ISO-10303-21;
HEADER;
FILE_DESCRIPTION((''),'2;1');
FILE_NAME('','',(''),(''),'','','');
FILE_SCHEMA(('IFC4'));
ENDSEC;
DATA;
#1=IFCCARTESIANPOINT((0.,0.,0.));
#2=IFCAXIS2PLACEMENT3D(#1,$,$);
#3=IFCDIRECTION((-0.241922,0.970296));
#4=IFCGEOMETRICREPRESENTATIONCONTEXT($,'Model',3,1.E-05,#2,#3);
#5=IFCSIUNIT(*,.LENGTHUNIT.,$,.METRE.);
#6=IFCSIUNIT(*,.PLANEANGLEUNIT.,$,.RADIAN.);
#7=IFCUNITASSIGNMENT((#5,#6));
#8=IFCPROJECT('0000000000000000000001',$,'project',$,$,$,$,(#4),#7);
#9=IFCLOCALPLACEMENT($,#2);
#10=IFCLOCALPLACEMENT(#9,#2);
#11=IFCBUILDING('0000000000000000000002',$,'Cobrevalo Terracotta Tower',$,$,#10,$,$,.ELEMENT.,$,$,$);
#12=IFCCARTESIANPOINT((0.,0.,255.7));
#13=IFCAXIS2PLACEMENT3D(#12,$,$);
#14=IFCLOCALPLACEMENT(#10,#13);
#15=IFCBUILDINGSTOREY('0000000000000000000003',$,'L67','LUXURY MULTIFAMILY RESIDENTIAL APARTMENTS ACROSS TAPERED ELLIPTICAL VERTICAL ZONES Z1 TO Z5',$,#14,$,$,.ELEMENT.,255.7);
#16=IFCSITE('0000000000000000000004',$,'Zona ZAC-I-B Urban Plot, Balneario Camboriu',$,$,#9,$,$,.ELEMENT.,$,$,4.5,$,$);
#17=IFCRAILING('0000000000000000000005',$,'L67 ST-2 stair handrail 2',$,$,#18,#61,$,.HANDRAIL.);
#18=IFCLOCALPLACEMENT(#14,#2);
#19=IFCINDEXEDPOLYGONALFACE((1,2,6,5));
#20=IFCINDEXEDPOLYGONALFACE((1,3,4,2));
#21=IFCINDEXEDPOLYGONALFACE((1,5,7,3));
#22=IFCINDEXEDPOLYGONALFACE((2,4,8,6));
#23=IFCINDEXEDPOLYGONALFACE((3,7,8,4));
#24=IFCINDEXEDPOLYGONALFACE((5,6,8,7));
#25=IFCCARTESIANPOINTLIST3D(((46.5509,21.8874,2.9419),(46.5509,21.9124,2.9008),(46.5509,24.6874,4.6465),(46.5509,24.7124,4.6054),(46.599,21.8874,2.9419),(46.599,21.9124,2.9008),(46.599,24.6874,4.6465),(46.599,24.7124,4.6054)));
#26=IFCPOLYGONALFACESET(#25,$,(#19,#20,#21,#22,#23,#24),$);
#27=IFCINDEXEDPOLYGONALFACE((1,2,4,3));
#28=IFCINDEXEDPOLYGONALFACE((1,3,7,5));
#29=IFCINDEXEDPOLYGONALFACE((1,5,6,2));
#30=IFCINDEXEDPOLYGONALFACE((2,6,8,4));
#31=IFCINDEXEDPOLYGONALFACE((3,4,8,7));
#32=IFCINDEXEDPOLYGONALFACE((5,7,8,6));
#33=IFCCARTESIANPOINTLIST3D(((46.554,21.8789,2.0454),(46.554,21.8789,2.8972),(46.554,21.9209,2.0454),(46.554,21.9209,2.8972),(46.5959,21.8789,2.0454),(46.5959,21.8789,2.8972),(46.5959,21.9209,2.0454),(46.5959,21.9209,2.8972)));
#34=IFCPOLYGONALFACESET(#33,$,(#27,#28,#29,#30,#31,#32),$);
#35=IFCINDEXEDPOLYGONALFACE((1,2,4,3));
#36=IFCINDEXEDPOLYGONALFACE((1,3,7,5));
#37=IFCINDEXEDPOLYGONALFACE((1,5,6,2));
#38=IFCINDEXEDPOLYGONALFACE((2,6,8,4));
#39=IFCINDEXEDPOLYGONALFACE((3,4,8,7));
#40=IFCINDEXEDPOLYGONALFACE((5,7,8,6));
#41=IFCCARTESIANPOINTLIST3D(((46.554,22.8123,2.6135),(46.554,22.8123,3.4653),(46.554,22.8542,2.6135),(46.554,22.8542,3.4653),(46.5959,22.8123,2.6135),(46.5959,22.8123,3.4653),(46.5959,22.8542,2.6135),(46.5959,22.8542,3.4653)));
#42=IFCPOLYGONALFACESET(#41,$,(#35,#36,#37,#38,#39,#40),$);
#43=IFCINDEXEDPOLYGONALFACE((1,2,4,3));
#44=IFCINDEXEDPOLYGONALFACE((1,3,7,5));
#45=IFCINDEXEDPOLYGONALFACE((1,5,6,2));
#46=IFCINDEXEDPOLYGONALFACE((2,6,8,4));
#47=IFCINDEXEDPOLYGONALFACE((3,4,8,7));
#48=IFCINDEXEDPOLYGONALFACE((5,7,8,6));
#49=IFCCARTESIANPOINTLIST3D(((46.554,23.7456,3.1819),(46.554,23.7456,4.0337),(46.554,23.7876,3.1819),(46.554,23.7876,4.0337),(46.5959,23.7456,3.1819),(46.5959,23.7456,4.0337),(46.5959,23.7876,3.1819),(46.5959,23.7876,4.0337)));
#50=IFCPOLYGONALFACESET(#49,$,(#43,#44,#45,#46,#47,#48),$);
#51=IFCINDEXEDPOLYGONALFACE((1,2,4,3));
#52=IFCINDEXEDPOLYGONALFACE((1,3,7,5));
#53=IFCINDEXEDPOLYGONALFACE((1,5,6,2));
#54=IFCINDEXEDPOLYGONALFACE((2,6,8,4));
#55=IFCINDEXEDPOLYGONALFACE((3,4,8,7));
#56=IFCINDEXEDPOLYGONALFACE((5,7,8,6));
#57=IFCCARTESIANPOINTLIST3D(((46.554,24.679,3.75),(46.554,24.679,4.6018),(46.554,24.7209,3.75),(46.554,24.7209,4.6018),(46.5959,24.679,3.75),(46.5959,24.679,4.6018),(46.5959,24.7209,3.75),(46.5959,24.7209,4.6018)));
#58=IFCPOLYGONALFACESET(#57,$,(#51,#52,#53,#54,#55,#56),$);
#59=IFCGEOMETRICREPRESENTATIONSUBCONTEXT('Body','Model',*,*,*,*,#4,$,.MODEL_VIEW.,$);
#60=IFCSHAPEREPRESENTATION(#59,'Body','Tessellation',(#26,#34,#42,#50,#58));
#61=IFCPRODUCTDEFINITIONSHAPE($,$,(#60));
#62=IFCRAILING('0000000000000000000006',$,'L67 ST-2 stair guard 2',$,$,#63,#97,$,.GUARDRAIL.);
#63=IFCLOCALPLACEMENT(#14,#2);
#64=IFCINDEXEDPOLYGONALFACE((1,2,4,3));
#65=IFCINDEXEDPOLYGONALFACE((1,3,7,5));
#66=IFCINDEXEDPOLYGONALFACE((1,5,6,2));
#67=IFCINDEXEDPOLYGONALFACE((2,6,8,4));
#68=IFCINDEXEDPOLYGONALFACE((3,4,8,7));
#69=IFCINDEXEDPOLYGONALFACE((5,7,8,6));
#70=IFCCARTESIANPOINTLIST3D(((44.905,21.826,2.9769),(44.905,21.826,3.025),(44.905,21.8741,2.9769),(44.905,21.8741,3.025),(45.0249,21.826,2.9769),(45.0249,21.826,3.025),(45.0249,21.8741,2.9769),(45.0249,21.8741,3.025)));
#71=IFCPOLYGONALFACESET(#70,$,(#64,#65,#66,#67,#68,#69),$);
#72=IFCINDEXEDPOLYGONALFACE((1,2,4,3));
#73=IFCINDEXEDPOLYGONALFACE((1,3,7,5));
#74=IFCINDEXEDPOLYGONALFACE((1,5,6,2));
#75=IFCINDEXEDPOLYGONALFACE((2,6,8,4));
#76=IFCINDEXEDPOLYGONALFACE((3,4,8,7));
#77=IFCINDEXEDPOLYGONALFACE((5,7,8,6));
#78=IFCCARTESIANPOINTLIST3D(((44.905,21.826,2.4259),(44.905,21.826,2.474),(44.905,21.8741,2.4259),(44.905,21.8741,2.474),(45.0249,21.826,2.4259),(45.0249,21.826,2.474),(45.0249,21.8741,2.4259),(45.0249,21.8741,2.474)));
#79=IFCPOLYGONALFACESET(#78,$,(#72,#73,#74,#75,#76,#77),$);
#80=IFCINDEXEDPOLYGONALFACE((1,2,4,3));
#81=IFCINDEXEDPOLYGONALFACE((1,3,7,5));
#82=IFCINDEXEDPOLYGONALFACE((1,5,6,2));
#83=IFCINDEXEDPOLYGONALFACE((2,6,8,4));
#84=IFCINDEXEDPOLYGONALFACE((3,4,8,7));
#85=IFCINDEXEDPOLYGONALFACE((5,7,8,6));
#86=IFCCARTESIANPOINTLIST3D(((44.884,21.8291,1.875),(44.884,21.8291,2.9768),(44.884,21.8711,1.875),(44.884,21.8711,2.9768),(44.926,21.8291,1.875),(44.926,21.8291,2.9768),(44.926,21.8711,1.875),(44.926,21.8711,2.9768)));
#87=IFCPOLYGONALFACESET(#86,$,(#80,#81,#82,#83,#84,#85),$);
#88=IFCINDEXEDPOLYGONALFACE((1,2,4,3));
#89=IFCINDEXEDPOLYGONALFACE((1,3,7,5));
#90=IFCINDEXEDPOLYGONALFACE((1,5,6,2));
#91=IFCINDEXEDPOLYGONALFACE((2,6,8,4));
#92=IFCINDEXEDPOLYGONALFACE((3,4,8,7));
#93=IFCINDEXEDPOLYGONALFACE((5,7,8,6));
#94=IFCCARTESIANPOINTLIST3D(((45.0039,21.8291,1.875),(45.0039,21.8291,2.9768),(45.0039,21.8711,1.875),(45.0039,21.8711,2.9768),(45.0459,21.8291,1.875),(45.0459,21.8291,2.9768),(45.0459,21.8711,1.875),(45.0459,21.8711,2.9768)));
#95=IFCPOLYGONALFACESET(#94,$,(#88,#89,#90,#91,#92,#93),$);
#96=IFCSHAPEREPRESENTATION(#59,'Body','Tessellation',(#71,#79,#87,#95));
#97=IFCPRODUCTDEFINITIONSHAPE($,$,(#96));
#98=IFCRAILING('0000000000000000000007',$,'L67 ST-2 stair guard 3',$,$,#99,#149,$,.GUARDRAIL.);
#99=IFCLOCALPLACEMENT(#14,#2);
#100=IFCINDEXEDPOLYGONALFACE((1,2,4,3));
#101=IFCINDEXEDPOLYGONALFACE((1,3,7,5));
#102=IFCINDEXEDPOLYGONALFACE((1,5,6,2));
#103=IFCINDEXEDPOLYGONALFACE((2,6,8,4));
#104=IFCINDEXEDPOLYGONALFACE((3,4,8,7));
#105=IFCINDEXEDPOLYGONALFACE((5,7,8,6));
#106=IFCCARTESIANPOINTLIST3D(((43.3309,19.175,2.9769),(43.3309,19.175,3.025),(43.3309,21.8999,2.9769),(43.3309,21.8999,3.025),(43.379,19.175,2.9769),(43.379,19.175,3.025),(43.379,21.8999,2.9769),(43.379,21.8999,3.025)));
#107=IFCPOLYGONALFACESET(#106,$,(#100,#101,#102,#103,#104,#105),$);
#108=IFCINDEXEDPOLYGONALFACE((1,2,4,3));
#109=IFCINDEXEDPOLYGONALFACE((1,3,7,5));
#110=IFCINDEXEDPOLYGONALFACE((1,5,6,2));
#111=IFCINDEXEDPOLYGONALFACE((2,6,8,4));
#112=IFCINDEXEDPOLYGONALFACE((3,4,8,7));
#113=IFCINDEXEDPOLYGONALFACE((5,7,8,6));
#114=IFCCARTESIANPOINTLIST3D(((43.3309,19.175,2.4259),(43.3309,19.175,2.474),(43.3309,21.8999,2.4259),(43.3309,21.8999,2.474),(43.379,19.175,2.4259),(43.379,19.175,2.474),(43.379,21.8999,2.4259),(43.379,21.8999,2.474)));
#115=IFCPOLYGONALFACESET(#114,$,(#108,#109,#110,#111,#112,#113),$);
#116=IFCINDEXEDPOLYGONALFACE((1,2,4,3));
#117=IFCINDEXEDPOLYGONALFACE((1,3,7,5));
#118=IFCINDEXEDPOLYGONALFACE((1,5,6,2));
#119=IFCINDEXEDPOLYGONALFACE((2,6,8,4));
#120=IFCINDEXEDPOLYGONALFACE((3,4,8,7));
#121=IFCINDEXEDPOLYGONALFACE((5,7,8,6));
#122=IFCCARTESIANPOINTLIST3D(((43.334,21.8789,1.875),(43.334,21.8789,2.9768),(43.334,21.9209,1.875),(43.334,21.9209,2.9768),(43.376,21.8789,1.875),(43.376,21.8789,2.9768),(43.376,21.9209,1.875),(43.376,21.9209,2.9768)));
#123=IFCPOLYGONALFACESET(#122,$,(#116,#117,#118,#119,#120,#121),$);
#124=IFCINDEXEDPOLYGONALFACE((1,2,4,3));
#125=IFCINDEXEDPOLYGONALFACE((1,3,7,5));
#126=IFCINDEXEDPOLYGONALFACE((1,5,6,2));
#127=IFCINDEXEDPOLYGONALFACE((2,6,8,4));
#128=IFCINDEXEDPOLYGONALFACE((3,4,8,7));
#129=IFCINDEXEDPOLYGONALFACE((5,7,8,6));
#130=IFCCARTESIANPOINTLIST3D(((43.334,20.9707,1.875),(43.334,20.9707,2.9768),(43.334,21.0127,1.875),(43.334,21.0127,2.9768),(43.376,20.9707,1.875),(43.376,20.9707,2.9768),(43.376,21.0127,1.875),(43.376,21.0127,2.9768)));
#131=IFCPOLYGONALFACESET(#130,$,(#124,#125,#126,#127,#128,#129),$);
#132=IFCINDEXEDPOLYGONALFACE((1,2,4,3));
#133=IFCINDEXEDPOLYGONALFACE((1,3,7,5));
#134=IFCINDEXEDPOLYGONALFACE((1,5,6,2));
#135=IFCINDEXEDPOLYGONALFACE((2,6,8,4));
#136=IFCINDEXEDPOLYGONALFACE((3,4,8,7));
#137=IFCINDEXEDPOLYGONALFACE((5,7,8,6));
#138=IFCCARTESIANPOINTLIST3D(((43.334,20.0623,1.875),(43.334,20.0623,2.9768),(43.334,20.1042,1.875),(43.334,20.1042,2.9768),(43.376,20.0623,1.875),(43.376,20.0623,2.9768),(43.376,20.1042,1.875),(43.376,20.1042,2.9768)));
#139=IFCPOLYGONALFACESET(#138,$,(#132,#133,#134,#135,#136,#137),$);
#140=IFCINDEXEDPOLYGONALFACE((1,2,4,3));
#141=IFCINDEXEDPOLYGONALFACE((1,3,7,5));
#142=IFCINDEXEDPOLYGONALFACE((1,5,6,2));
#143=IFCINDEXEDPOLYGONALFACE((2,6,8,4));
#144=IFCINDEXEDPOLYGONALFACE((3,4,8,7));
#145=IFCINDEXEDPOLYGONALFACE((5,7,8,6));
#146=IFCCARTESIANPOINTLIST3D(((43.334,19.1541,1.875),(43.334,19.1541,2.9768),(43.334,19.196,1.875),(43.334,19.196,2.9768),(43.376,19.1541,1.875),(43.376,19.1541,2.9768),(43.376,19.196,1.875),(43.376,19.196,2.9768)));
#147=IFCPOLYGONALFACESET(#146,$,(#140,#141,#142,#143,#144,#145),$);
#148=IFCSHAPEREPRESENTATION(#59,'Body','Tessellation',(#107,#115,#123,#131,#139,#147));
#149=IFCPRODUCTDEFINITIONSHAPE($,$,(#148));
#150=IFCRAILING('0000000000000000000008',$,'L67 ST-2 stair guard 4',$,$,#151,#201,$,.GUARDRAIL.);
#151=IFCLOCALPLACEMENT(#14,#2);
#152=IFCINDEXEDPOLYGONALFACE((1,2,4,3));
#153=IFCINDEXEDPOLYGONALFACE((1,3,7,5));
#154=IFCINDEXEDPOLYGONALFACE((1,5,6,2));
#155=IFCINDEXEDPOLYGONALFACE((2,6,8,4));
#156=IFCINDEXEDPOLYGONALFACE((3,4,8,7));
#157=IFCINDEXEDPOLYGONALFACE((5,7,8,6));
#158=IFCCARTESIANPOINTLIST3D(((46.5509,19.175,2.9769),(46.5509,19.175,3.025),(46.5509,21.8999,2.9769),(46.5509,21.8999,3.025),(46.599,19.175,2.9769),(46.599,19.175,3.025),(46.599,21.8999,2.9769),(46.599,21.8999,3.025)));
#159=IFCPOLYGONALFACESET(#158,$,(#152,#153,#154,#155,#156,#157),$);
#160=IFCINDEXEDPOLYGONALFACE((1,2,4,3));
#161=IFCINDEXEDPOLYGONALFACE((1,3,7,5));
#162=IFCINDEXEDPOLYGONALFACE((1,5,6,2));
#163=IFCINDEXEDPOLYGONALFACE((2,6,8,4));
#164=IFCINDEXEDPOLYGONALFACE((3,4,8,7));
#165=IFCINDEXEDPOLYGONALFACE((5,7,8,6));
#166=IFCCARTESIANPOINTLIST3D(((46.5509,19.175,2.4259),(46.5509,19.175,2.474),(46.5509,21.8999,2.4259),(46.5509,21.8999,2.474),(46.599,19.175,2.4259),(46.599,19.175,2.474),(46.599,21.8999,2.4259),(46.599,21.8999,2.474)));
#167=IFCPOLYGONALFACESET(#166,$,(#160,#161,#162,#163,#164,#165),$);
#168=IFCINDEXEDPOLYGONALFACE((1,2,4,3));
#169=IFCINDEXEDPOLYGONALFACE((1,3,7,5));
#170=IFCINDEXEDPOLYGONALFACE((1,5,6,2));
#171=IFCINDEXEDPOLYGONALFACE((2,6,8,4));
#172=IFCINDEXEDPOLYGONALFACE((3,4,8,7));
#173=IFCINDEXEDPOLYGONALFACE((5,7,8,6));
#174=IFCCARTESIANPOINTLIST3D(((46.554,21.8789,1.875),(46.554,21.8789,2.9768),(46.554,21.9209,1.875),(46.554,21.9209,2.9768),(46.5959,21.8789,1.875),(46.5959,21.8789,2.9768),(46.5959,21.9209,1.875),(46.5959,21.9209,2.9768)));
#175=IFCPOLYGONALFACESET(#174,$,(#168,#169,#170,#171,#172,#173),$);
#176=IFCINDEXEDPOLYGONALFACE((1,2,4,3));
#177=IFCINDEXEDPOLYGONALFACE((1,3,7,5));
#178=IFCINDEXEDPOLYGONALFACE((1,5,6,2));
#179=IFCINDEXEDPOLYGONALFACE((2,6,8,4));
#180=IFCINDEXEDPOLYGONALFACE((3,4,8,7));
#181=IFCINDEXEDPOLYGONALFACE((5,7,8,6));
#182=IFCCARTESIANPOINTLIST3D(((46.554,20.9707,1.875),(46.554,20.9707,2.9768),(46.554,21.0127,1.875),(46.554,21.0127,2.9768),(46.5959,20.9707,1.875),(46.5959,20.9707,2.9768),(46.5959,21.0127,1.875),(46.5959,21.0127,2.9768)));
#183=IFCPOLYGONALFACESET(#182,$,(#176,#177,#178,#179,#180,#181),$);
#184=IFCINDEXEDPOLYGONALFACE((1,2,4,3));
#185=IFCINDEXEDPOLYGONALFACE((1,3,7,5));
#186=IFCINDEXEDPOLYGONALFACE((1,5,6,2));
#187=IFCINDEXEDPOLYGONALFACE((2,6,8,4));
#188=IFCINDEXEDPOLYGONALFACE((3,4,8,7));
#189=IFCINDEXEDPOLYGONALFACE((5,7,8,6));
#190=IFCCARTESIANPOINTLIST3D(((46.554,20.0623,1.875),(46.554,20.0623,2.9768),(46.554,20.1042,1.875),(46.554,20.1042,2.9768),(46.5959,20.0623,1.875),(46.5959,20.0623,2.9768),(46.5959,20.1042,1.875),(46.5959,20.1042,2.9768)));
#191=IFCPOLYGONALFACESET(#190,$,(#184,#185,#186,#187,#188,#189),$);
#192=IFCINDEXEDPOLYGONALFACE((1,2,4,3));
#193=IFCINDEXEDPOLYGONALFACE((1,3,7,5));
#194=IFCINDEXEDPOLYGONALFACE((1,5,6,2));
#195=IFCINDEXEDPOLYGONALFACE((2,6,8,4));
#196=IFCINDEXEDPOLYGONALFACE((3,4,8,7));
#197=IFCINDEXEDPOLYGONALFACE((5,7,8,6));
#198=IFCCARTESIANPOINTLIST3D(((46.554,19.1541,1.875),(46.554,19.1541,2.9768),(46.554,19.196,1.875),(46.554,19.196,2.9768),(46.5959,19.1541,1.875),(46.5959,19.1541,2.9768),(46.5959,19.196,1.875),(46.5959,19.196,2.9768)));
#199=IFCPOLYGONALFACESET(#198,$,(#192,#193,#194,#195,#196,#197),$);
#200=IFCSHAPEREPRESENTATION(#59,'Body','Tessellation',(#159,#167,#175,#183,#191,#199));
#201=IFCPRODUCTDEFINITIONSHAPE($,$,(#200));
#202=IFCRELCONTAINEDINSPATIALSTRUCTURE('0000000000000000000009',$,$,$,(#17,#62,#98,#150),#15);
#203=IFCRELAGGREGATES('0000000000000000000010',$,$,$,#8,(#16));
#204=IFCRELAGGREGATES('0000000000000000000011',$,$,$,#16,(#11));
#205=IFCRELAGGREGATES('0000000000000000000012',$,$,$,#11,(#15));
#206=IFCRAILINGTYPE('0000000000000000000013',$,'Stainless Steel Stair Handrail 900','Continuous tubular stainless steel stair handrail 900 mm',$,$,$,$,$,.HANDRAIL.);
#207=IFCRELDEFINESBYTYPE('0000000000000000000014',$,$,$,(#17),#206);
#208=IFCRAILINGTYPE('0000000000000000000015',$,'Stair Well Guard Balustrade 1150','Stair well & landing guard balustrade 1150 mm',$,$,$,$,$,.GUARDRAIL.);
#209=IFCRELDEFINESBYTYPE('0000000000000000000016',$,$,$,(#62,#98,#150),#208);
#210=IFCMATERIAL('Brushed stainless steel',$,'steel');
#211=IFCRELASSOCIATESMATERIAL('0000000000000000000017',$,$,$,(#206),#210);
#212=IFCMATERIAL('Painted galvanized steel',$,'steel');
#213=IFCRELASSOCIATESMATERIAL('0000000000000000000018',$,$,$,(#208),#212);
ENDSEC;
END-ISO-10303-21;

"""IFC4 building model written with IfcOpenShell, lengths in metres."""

from ifc_helpers import new_model, si_unit, direction, frame, origin, origin_2d, place, context, subcontext, project, spatial, rectangle, extrude, material, type_object, element, save


model = new_model("IFC4")

# Units and contexts
model_context = context("Model", 3, precision=1e-05, world=origin(), true_north=direction((-0.241922, 0.970296)))
body_context = subcontext(model_context, "Body", "Model", "MODEL_VIEW")
ifc_project = project(units=[si_unit("LENGTHUNIT", "METRE"), si_unit("PLANEANGLEUNIT", "RADIAN")], contexts=[model_context])

# Site, building, storey
site_placement = place(None, origin())
site = spatial("IfcSite", under=ifc_project, at=site_placement, Name="Zona ZAC-I-B Urban Plot, Balneario Camboriu", CompositionType="ELEMENT", RefElevation=4.5)
building_placement = place(site_placement, origin())
building = spatial("IfcBuilding", under=site, at=building_placement, Name="Cobrevalo Terracotta Tower", CompositionType="ELEMENT")
storey_placement = place(building_placement, frame((0.0, 0.0, 255.7)))
storey = spatial("IfcBuildingStorey", under=building, at=storey_placement, Name="L67", Description="LUXURY MULTIFAMILY RESIDENTIAL APARTMENTS ACROSS TAPERED ELLIPTICAL VERTICAL ZONES Z1 TO Z5", CompositionType="ELEMENT", Elevation=255.7)

# Railings
ifc_material_1 = material(Name="Brushed stainless steel", Category="steel")
railing_type_1 = type_object("IfcRailingType", Name="Stainless Steel Stair Handrail 900", Description="Continuous tubular stainless steel stair handrail 900 mm", PredefinedType="HANDRAIL", material=ifc_material_1)
railing_1_placement = place(storey_placement, frame((46.575, 21.8999, 2.0454)))
element("IfcRailing", 1, at=railing_1_placement, inside=storey, type_object=railing_type_1, Name="L67 ST-2 stair handrail 2", PredefinedType="HANDRAIL", context=body_context, shape_type="SweptSolid", body=[
    extrude(rectangle(XDim=0.0481, YDim=0.0481, at=origin_2d()), frame((0.0, 0.0, 0.876), z_axis=(0.0, 0.85417, 0.519994), x_axis=(-1.0, 0.0, 0.0)), (0.0, 0.0, 1.0), 3.2781),
    extrude(rectangle(XDim=0.042, YDim=0.042, at=origin_2d()), origin(), (0.0, 0.0, 1.0), 0.8518),
    extrude(rectangle(XDim=0.042, YDim=0.042, at=origin_2d()), frame((0.0, 0.9333, 0.5681)), (0.0, 0.0, 1.0), 0.8518),
    extrude(rectangle(XDim=0.042, YDim=0.042, at=origin_2d()), frame((0.0, 1.8667, 1.1365)), (0.0, 0.0, 1.0), 0.8518),
    extrude(rectangle(XDim=0.042, YDim=0.042, at=origin_2d()), frame((0.0, 2.8, 1.7046)), (0.0, 0.0, 1.0), 0.8518),
])
ifc_material_2 = material(Name="Painted galvanized steel", Category="steel")
railing_type_2 = type_object("IfcRailingType", Name="Stair Well Guard Balustrade 1150", Description="Stair well & landing guard balustrade 1150 mm", PredefinedType="GUARDRAIL", material=ifc_material_2)
railing_2_placement = place(storey_placement, frame((44.905, 21.8501, 1.875)))
element("IfcRailing", 2, at=railing_2_placement, inside=storey, type_object=railing_type_2, Name="L67 ST-2 stair guard 2", PredefinedType="GUARDRAIL", context=body_context, shape_type="SweptSolid", body=[
    extrude(rectangle(XDim=0.0481, YDim=0.0481, at=origin_2d()), frame((0.0, 0.0, 1.126), z_axis=(1.0, 0.0, 0.0), x_axis=(0.0, 1.0, 0.0)), (0.0, 0.0, 1.0), 0.1199),
    extrude(rectangle(XDim=0.0481, YDim=0.0481, at=origin_2d()), frame((0.0, 0.0, 0.575), z_axis=(1.0, 0.0, 0.0), x_axis=(0.0, 1.0, 0.0)), (0.0, 0.0, 1.0), 0.1199),
    extrude(rectangle(XDim=0.042, YDim=0.042, at=origin_2d()), origin(), (0.0, 0.0, 1.0), 1.1018),
    extrude(rectangle(XDim=0.042, YDim=0.042, at=origin_2d()), frame((0.1199, 0.0, 0.0)), (0.0, 0.0, 1.0), 1.1018),
])
for number, where, name in (
    (3, (43.355, 21.8999, 1.875), "L67 ST-2 stair guard 3"),
    (4, (46.575, 21.8999, 1.875), "L67 ST-2 stair guard 4"),
):
    element("IfcRailing", number, at=place(storey_placement, frame(where)), inside=storey, type_object=railing_type_2, Name=name, PredefinedType="GUARDRAIL", context=body_context, shape_type="SweptSolid", body=[
        extrude(rectangle(XDim=0.0481, YDim=0.0481, at=origin_2d()), frame((0.0, 0.0, 1.126), z_axis=(0.0, -1.0, 0.0), x_axis=(1.0, 0.0, 0.0)), (0.0, 0.0, 1.0), 2.7249),
        extrude(rectangle(XDim=0.0481, YDim=0.0481, at=origin_2d()), frame((0.0, 0.0, 0.575), z_axis=(0.0, -1.0, 0.0), x_axis=(1.0, 0.0, 0.0)), (0.0, 0.0, 1.0), 2.7249),
        extrude(rectangle(XDim=0.042, YDim=0.042, at=origin_2d()), origin(), (0.0, 0.0, 1.0), 1.1018),
        extrude(rectangle(XDim=0.042, YDim=0.042, at=origin_2d()), frame((0.0, -0.9082, 0.0)), (0.0, 0.0, 1.0), 1.1018),
        extrude(rectangle(XDim=0.042, YDim=0.042, at=origin_2d()), frame((0.0, -1.8167, 0.0)), (0.0, 0.0, 1.0), 1.1018),
        extrude(rectangle(XDim=0.042, YDim=0.042, at=origin_2d()), frame((0.0, -2.7249, 0.0)), (0.0, 0.0, 1.0), 1.1018),
    ])

save(model, "model.ifc")
